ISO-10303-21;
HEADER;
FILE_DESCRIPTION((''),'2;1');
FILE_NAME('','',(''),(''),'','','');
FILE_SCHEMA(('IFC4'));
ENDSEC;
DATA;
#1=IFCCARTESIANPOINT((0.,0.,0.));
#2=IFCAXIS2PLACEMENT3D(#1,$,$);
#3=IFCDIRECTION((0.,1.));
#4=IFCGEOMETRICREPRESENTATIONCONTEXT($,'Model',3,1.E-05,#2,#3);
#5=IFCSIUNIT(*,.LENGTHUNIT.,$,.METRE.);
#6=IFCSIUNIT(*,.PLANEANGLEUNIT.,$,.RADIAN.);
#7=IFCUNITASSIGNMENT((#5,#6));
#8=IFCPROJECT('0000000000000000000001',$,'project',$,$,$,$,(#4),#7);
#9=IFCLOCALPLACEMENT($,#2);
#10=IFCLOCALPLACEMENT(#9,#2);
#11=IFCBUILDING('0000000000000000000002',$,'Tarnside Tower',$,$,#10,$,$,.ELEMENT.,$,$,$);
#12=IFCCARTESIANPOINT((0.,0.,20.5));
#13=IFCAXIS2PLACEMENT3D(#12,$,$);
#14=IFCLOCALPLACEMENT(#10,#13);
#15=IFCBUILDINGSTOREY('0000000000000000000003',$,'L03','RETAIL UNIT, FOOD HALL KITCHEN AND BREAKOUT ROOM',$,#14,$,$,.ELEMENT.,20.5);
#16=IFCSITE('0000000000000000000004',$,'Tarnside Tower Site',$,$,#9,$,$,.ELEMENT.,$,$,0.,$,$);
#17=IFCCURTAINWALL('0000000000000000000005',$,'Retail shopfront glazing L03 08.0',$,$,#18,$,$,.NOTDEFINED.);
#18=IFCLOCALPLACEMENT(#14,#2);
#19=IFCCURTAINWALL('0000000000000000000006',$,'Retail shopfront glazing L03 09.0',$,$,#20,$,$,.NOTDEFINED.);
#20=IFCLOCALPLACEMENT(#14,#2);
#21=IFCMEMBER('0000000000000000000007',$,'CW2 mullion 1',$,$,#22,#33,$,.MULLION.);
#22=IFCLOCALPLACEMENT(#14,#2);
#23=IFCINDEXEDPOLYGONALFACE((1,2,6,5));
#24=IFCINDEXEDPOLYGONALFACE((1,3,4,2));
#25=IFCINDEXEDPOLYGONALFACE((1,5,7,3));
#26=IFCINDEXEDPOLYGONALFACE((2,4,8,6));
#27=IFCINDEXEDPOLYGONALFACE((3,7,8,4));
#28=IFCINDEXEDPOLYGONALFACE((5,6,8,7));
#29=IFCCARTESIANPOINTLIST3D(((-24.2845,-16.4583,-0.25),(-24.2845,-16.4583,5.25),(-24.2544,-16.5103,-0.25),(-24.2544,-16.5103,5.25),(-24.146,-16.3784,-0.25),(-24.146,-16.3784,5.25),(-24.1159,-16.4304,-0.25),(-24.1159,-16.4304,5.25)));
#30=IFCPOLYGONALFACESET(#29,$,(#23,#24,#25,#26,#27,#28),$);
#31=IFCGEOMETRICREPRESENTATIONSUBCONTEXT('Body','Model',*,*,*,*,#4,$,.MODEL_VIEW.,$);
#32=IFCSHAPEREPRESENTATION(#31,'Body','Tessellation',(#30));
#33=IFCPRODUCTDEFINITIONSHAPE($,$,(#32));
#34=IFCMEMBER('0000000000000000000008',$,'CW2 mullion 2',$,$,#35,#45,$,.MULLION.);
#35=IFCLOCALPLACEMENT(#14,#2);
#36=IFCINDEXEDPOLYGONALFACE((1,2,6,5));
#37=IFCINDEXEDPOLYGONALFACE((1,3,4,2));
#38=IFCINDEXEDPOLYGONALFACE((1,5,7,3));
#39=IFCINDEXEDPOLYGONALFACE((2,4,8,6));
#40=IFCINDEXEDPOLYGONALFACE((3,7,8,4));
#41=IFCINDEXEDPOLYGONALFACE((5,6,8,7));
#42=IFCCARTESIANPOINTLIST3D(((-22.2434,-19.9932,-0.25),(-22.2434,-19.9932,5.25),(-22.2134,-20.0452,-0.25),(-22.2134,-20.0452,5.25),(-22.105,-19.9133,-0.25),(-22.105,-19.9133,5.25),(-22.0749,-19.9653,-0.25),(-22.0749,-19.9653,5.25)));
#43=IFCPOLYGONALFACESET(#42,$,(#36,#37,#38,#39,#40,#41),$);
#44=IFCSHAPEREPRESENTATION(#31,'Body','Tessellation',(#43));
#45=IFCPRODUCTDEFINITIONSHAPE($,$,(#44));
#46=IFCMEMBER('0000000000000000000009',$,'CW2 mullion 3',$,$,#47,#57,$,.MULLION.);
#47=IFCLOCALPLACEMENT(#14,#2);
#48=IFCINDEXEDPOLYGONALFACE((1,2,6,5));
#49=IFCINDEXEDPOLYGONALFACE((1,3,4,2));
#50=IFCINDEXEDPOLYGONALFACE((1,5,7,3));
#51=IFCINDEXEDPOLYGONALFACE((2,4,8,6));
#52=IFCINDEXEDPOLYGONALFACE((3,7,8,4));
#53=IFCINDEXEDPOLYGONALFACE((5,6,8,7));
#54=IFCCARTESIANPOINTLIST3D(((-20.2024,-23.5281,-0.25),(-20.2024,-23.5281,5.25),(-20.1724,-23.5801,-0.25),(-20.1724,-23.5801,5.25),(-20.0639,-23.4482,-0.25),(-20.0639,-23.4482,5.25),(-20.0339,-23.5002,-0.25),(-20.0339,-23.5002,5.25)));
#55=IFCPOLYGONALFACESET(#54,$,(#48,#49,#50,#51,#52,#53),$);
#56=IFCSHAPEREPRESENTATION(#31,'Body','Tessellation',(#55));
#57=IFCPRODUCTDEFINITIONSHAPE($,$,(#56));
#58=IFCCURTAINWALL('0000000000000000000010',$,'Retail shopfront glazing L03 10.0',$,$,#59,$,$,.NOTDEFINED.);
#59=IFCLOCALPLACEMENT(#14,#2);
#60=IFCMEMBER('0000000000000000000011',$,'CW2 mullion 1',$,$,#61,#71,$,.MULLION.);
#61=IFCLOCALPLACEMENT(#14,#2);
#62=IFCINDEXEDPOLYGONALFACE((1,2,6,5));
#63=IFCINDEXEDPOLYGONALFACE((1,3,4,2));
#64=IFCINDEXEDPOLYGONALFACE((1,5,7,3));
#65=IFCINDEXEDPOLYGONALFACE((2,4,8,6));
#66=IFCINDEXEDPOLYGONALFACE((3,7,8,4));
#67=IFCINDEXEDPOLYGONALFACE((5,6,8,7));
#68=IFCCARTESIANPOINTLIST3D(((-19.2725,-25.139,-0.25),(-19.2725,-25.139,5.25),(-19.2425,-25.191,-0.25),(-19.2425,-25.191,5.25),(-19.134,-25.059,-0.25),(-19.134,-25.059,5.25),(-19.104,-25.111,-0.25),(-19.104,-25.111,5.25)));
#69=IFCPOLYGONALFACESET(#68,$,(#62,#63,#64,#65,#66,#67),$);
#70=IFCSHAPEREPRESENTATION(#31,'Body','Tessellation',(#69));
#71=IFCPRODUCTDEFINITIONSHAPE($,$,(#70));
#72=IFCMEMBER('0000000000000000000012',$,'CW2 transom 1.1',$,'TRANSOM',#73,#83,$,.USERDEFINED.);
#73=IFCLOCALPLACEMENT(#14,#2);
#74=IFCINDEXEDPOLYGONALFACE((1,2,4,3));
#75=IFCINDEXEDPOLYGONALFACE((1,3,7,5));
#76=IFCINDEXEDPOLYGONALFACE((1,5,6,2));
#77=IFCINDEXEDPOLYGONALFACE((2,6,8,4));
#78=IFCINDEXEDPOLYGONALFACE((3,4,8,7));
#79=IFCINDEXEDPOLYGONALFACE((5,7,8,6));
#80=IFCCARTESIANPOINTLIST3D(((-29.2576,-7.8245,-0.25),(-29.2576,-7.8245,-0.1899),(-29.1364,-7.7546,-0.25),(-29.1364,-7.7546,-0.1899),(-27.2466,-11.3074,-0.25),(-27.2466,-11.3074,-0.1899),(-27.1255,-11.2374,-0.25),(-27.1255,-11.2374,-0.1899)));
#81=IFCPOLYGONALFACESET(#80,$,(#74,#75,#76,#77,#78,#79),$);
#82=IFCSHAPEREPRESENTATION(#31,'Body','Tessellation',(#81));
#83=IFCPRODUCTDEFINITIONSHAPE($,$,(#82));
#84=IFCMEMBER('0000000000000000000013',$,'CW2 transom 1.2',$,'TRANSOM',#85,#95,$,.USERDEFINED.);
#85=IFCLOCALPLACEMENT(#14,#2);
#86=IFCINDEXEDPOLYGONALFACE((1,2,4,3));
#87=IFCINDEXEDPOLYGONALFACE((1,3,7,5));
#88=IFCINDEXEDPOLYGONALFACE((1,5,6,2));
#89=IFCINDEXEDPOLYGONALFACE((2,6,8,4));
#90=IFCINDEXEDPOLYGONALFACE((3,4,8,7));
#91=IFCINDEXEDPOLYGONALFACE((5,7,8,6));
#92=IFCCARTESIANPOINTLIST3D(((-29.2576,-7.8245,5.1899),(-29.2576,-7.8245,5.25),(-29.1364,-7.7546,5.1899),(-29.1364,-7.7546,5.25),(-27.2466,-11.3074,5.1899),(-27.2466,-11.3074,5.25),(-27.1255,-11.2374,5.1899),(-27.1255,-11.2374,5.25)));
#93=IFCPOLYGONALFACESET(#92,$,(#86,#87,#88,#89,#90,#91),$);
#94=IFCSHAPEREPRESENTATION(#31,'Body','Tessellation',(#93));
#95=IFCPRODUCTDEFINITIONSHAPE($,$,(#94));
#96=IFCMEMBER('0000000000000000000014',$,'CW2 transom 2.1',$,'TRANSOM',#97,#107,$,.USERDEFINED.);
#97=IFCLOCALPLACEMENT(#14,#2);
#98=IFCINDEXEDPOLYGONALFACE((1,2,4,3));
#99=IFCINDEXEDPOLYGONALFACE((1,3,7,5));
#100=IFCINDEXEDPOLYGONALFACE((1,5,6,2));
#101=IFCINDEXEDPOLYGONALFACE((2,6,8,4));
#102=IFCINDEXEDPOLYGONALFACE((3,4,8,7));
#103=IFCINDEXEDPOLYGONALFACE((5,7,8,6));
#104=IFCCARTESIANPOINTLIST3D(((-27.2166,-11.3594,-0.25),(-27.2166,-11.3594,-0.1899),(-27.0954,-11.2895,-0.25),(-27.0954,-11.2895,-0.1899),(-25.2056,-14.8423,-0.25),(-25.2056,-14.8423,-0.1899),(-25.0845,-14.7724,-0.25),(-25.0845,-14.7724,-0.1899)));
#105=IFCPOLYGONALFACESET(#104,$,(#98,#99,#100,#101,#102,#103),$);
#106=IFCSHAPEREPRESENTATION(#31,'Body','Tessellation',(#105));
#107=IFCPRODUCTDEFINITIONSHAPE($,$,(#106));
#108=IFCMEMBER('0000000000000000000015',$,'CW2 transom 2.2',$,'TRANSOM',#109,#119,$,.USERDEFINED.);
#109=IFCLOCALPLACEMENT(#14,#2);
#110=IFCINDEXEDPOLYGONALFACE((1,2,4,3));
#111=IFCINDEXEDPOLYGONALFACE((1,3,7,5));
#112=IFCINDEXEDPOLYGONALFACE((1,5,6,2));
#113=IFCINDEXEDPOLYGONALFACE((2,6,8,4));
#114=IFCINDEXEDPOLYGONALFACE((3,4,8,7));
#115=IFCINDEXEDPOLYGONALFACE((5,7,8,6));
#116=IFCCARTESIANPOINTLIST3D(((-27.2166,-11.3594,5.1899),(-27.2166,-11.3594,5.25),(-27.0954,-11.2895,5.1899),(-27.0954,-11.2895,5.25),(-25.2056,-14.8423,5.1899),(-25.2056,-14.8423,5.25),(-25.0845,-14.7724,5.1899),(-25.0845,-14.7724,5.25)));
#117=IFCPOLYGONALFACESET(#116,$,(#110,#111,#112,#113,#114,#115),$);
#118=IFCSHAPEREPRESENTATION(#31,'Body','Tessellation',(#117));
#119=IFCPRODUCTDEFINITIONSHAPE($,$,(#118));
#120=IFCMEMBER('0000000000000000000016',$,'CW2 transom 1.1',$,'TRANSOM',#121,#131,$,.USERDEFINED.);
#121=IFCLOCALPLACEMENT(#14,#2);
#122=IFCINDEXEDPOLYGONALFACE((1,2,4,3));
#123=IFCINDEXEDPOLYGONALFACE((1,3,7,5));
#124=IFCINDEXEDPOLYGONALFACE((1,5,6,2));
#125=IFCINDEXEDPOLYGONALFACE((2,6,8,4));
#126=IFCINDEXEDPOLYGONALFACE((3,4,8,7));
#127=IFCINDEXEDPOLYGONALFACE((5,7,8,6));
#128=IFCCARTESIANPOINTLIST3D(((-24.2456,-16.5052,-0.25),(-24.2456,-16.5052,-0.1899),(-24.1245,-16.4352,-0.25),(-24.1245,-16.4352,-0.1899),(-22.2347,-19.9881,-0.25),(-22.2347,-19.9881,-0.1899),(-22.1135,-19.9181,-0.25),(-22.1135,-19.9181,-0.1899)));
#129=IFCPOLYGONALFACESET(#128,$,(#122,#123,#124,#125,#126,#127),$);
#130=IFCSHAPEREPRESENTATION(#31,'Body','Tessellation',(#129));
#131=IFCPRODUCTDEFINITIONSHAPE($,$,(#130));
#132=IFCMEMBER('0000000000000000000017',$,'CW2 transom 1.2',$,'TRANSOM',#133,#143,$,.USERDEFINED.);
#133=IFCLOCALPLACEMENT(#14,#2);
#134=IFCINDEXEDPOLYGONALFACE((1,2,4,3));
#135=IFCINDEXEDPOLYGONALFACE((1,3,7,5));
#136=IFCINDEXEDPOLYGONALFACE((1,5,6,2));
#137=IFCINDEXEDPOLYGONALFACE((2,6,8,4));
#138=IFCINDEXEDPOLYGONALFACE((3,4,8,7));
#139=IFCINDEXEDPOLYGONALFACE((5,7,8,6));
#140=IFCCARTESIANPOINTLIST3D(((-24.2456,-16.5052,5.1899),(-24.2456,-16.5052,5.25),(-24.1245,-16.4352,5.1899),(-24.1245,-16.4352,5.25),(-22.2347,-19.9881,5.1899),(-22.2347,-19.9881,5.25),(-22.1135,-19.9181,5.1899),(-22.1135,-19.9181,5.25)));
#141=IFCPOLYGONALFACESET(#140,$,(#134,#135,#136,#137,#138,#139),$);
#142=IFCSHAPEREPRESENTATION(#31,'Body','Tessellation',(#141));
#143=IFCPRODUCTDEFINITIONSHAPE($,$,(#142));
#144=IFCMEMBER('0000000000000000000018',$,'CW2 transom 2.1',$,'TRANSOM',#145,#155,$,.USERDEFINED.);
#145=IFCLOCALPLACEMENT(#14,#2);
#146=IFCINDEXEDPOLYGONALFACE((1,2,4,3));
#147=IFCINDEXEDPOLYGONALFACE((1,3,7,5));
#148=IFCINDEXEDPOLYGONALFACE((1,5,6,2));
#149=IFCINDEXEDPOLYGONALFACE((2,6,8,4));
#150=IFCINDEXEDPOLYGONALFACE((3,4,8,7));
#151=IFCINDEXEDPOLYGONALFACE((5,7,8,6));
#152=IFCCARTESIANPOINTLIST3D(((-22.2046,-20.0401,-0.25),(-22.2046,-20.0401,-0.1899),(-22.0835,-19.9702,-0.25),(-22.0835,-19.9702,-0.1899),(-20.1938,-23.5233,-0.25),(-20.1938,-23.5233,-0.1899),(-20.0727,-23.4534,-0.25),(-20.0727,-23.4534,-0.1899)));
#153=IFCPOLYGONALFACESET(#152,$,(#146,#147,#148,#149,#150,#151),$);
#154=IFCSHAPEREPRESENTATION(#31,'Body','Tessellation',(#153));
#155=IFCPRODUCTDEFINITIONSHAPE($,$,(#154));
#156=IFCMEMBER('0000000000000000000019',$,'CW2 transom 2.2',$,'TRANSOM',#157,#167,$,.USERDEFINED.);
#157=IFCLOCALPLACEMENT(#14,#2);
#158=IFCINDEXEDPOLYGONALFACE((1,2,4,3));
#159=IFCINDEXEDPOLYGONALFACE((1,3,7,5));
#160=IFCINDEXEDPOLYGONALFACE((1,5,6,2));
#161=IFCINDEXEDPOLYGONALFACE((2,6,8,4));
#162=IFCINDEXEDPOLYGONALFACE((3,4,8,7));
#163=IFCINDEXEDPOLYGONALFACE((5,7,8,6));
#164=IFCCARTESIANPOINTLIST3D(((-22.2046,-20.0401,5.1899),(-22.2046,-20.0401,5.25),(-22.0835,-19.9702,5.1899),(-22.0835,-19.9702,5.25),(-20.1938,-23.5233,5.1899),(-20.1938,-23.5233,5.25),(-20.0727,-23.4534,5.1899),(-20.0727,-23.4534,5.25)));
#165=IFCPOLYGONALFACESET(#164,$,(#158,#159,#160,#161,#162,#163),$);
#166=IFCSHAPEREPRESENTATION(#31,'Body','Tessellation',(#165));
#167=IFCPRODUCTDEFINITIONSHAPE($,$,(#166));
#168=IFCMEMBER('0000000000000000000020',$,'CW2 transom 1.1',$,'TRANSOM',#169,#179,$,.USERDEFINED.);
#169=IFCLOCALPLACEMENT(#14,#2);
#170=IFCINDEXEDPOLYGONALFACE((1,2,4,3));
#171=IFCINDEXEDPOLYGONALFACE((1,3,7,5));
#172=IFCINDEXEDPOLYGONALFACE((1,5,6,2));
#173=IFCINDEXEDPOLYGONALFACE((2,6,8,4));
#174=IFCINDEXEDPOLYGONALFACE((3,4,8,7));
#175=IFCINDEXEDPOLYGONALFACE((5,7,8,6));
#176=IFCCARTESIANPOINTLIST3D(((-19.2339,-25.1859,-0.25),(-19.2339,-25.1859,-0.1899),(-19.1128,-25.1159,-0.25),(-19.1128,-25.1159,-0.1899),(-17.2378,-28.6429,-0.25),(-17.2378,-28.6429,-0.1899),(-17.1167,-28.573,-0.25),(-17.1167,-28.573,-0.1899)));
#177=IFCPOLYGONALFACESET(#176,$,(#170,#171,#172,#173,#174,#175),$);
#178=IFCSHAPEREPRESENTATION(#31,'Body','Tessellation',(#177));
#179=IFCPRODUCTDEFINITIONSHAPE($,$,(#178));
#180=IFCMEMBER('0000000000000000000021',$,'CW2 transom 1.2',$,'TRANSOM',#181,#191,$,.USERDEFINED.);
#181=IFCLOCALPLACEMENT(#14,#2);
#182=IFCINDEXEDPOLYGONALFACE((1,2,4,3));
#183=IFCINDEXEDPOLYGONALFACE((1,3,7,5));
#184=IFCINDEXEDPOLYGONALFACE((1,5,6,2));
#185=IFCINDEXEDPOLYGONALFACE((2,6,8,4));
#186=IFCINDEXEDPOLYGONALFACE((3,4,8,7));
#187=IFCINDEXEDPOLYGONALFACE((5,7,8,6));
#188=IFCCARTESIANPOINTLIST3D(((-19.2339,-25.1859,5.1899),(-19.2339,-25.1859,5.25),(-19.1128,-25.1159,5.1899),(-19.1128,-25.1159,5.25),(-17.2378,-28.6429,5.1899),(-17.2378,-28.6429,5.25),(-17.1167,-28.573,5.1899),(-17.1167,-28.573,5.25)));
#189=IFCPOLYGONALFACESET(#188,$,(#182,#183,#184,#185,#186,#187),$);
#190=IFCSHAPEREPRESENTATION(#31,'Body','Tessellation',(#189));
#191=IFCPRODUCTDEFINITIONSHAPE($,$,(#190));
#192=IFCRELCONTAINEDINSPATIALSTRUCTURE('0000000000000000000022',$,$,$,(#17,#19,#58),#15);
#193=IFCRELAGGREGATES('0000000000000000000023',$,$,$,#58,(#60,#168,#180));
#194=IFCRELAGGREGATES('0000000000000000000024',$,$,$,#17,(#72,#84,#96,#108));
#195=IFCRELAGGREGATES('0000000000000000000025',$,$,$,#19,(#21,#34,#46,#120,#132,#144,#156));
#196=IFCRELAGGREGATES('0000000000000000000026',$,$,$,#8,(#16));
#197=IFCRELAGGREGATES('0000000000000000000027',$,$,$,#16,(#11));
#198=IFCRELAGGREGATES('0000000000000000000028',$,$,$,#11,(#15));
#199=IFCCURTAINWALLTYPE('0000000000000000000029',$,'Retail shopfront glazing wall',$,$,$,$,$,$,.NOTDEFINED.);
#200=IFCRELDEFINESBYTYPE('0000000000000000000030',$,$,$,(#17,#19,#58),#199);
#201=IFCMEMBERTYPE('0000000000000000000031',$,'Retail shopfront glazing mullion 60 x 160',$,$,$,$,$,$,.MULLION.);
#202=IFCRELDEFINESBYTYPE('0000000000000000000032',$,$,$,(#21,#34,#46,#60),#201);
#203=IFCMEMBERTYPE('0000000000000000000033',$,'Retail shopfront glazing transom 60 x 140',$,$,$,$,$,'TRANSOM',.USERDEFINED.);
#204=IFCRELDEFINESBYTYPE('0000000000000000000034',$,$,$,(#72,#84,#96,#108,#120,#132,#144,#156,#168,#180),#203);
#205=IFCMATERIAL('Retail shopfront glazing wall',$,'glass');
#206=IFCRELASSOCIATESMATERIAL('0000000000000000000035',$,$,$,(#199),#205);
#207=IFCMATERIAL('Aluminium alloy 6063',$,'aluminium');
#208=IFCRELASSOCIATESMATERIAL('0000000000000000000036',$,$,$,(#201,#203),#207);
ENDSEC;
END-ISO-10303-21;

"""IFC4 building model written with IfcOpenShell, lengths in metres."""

from ifc_helpers import new_model, si_unit, direction, frame, origin, origin_2d, place, context, subcontext, project, spatial, rectangle, extrude, material, material_profile, profile_set, type_object, element, aggregate, save


model = new_model("IFC4")

# Units and contexts
model_context = context("Model", 3, precision=1e-05, world=origin(), true_north=direction((0.0, 1.0)))
body_context = subcontext(model_context, "Body", "Model", "MODEL_VIEW")
ifc_project = project(units=[si_unit("LENGTHUNIT", "METRE"), si_unit("PLANEANGLEUNIT", "RADIAN")], contexts=[model_context])

# Site, building, storey
site_placement = place(None, origin())
site = spatial("IfcSite", under=ifc_project, at=site_placement, Name="Tarnside Tower Site", CompositionType="ELEMENT", RefElevation=0.0)
building_placement = place(site_placement, origin())
building = spatial("IfcBuilding", under=site, at=building_placement, Name="Tarnside Tower", CompositionType="ELEMENT")
storey_placement = place(building_placement, frame((0.0, 0.0, 20.5)))
storey = spatial("IfcBuildingStorey", under=building, at=storey_placement, Name="L03", Description="RETAIL UNIT, FOOD HALL KITCHEN AND BREAKOUT ROOM", CompositionType="ELEMENT", Elevation=20.5)

# Shared definitions
ifc_material_1 = material(Name="Retail shopfront glazing wall", Category="glass")
curtain_wall_type = type_object("IfcCurtainWallType", Name="Retail shopfront glazing wall", PredefinedType="NOTDEFINED", material=ifc_material_1)
ifc_material_2 = material(Name="Aluminium alloy 6063", Category="aluminium")
ifc_material_profile_1 = material_profile(ifc_material_2, rectangle(XDim=0.1599, YDim=0.0601, at=origin_2d()), Name="Retail shopfront glazing mullion 60 x 160")
ifc_profile_set_1 = profile_set([ifc_material_profile_1], Name="Aluminium alloy 6063")
member_type_1 = type_object("IfcMemberType", Name="Retail shopfront glazing mullion 60 x 160", PredefinedType="MULLION", material=ifc_profile_set_1)

# Curtain walls, members
curtain_wall_1_placement = place(storey_placement, origin())
curtain_wall_1 = element("IfcCurtainWall", 1, at=curtain_wall_1_placement, inside=storey, type_object=curtain_wall_type, Name="Retail shopfront glazing L03 08.0", PredefinedType="NOTDEFINED")
curtain_wall_2_placement = place(storey_placement, origin())
curtain_wall_2 = element("IfcCurtainWall", 2, at=curtain_wall_2_placement, inside=storey, type_object=curtain_wall_type, Name="Retail shopfront glazing L03 09.0", PredefinedType="NOTDEFINED")
member_1_placement = place(storey_placement, frame((-24.2002, -16.4443, -0.25), z_axis=(0.0, 0.0, 1.0), x_axis=(0.866025, 0.5, 0.0)))
member_1 = element("IfcMember", 3, at=member_1_placement, type_object=member_type_1, Name="CW2 mullion 1", PredefinedType="MULLION", context=body_context, shape_type="SweptSolid", body=[
    extrude(rectangle(XDim=0.1599, YDim=0.0601, at=origin_2d()), origin(), (0.0, 0.0, 1.0), 5.5),
])
member_2_placement = place(storey_placement, frame((-22.1592, -19.9792, -0.25), z_axis=(0.0, 0.0, 1.0), x_axis=(0.866025, 0.5, 0.0)))
member_2 = element("IfcMember", 4, at=member_2_placement, type_object=member_type_1, Name="CW2 mullion 2", PredefinedType="MULLION", context=body_context, shape_type="SweptSolid", body=[
    extrude(rectangle(XDim=0.1599, YDim=0.0601, at=origin_2d()), origin(), (0.0, 0.0, 1.0), 5.5),
])
member_3_placement = place(storey_placement, frame((-20.1182, -23.5142, -0.25), z_axis=(0.0, 0.0, 1.0), x_axis=(0.866025, 0.5, 0.0)))
member_3 = element("IfcMember", 5, at=member_3_placement, type_object=member_type_1, Name="CW2 mullion 3", PredefinedType="MULLION", context=body_context, shape_type="SweptSolid", body=[
    extrude(rectangle(XDim=0.1599, YDim=0.0601, at=origin_2d()), origin(), (0.0, 0.0, 1.0), 5.5),
])

# Curtain wall, member
curtain_wall_3_placement = place(storey_placement, origin())
curtain_wall_3 = element("IfcCurtainWall", 6, at=curtain_wall_3_placement, inside=storey, type_object=curtain_wall_type, Name="Retail shopfront glazing L03 10.0", PredefinedType="NOTDEFINED")
member_4_placement = place(storey_placement, frame((-19.1882, -25.125, -0.25), z_axis=(0.0, 0.0, 1.0), x_axis=(0.866025, 0.5, 0.0)))
member_4 = element("IfcMember", 7, at=member_4_placement, type_object=member_type_1, Name="CW2 mullion 1", PredefinedType="MULLION", context=body_context, shape_type="SweptSolid", body=[
    extrude(rectangle(XDim=0.1599, YDim=0.0601, at=origin_2d()), origin(), (0.0, 0.0, 1.0), 5.5),
])

# Members
ifc_material_profile_2 = material_profile(ifc_material_2, rectangle(XDim=0.1399, YDim=0.0601, at=origin_2d()), Name="Retail shopfront glazing transom 60 x 140")
ifc_profile_set_2 = profile_set([ifc_material_profile_2], Name="Aluminium alloy 6063")
member_type_2 = type_object("IfcMemberType", Name="Retail shopfront glazing transom 60 x 140", ElementType="TRANSOM", PredefinedType="USERDEFINED", material=ifc_profile_set_2)
member_5_placement = place(storey_placement, frame((-29.197, -7.7896, -0.22), z_axis=(0.500024, -0.866012, 0.0), x_axis=(0.866012, 0.500024, 0.0)))
member_5 = element("IfcMember", 8, at=member_5_placement, type_object=member_type_2, Name="CW2 transom 1.1", ObjectType="TRANSOM", PredefinedType="USERDEFINED", context=body_context, shape_type="SweptSolid", body=[
    extrude(rectangle(XDim=0.1399, YDim=0.0601, at=origin_2d()), origin(), (0.0, 0.0, 1.0), 4.0217),
])
member_6_placement = place(storey_placement, frame((-29.197, -7.7896, 5.22), z_axis=(0.500024, -0.866012, 0.0), x_axis=(0.866012, 0.500024, 0.0)))
member_6 = element("IfcMember", 9, at=member_6_placement, type_object=member_type_2, Name="CW2 transom 1.2", ObjectType="TRANSOM", PredefinedType="USERDEFINED", context=body_context, shape_type="SweptSolid", body=[
    extrude(rectangle(XDim=0.1399, YDim=0.0601, at=origin_2d()), origin(), (0.0, 0.0, 1.0), 4.0217),
])
member_7_placement = place(storey_placement, frame((-27.156, -11.3245, -0.22), z_axis=(0.500024, -0.866012, 0.0), x_axis=(0.866012, 0.500024, 0.0)))
member_7 = element("IfcMember", 10, at=member_7_placement, type_object=member_type_2, Name="CW2 transom 2.1", ObjectType="TRANSOM", PredefinedType="USERDEFINED", context=body_context, shape_type="SweptSolid", body=[
    extrude(rectangle(XDim=0.1399, YDim=0.0601, at=origin_2d()), origin(), (0.0, 0.0, 1.0), 4.0217),
])
member_8_placement = place(storey_placement, frame((-27.156, -11.3245, 5.22), z_axis=(0.500024, -0.866012, 0.0), x_axis=(0.866012, 0.500024, 0.0)))
member_8 = element("IfcMember", 11, at=member_8_placement, type_object=member_type_2, Name="CW2 transom 2.2", ObjectType="TRANSOM", PredefinedType="USERDEFINED", context=body_context, shape_type="SweptSolid", body=[
    extrude(rectangle(XDim=0.1399, YDim=0.0601, at=origin_2d()), origin(), (0.0, 0.0, 1.0), 4.0217),
])
member_9_placement = place(storey_placement, frame((-24.1851, -16.4702, -0.22), z_axis=(0.500024, -0.866012, 0.0), x_axis=(0.866012, 0.500024, 0.0)))
member_9 = element("IfcMember", 12, at=member_9_placement, type_object=member_type_2, Name="CW2 transom 1.1", ObjectType="TRANSOM", PredefinedType="USERDEFINED", context=body_context, shape_type="SweptSolid", body=[
    extrude(rectangle(XDim=0.1399, YDim=0.0601, at=origin_2d()), origin(), (0.0, 0.0, 1.0), 4.0217),
])
member_10_placement = place(storey_placement, frame((-24.1851, -16.4702, 5.22), z_axis=(0.500024, -0.866012, 0.0), x_axis=(0.866012, 0.500024, 0.0)))
member_10 = element("IfcMember", 13, at=member_10_placement, type_object=member_type_2, Name="CW2 transom 1.2", ObjectType="TRANSOM", PredefinedType="USERDEFINED", context=body_context, shape_type="SweptSolid", body=[
    extrude(rectangle(XDim=0.1399, YDim=0.0601, at=origin_2d()), origin(), (0.0, 0.0, 1.0), 4.0217),
])
member_11_placement = place(storey_placement, frame((-22.144, -20.0051, -0.22), z_axis=(0.499952, -0.866053, 0.0), x_axis=(0.866053, 0.499952, 0.0)))
member_11 = element("IfcMember", 14, at=member_11_placement, type_object=member_type_2, Name="CW2 transom 2.1", ObjectType="TRANSOM", PredefinedType="USERDEFINED", context=body_context, shape_type="SweptSolid", body=[
    extrude(rectangle(XDim=0.1399, YDim=0.0601, at=origin_2d()), origin(), (0.0, 0.0, 1.0), 4.022),
])
member_12_placement = place(storey_placement, frame((-22.144, -20.0051, 5.22), z_axis=(0.499952, -0.866053, 0.0), x_axis=(0.866053, 0.499952, 0.0)))
member_12 = element("IfcMember", 15, at=member_12_placement, type_object=member_type_2, Name="CW2 transom 2.2", ObjectType="TRANSOM", PredefinedType="USERDEFINED", context=body_context, shape_type="SweptSolid", body=[
    extrude(rectangle(XDim=0.1399, YDim=0.0601, at=origin_2d()), origin(), (0.0, 0.0, 1.0), 4.022),
])
member_13_placement = place(storey_placement, frame((-19.1733, -25.1509, -0.22), z_axis=(0.500033, -0.866006, 0.0), x_axis=(0.866006, 0.500033, 0.0)))
member_13 = element("IfcMember", 16, at=member_13_placement, type_object=member_type_2, Name="CW2 transom 1.1", ObjectType="TRANSOM", PredefinedType="USERDEFINED", context=body_context, shape_type="SweptSolid", body=[
    extrude(rectangle(XDim=0.1399, YDim=0.0601, at=origin_2d()), origin(), (0.0, 0.0, 1.0), 3.9919),
])
member_14_placement = place(storey_placement, frame((-19.1733, -25.1509, 5.22), z_axis=(0.500033, -0.866006, 0.0), x_axis=(0.866006, 0.500033, 0.0)))
member_14 = element("IfcMember", 17, at=member_14_placement, type_object=member_type_2, Name="CW2 transom 1.2", ObjectType="TRANSOM", PredefinedType="USERDEFINED", context=body_context, shape_type="SweptSolid", body=[
    extrude(rectangle(XDim=0.1399, YDim=0.0601, at=origin_2d()), origin(), (0.0, 0.0, 1.0), 3.9919),
])
aggregate(curtain_wall_3, [member_4, member_13, member_14])

aggregate(curtain_wall_1, [member_5, member_6, member_7, member_8])
aggregate(curtain_wall_2, [member_1, member_2, member_3, member_9, member_10, member_11, member_12])

save(model, "model.ifc")
